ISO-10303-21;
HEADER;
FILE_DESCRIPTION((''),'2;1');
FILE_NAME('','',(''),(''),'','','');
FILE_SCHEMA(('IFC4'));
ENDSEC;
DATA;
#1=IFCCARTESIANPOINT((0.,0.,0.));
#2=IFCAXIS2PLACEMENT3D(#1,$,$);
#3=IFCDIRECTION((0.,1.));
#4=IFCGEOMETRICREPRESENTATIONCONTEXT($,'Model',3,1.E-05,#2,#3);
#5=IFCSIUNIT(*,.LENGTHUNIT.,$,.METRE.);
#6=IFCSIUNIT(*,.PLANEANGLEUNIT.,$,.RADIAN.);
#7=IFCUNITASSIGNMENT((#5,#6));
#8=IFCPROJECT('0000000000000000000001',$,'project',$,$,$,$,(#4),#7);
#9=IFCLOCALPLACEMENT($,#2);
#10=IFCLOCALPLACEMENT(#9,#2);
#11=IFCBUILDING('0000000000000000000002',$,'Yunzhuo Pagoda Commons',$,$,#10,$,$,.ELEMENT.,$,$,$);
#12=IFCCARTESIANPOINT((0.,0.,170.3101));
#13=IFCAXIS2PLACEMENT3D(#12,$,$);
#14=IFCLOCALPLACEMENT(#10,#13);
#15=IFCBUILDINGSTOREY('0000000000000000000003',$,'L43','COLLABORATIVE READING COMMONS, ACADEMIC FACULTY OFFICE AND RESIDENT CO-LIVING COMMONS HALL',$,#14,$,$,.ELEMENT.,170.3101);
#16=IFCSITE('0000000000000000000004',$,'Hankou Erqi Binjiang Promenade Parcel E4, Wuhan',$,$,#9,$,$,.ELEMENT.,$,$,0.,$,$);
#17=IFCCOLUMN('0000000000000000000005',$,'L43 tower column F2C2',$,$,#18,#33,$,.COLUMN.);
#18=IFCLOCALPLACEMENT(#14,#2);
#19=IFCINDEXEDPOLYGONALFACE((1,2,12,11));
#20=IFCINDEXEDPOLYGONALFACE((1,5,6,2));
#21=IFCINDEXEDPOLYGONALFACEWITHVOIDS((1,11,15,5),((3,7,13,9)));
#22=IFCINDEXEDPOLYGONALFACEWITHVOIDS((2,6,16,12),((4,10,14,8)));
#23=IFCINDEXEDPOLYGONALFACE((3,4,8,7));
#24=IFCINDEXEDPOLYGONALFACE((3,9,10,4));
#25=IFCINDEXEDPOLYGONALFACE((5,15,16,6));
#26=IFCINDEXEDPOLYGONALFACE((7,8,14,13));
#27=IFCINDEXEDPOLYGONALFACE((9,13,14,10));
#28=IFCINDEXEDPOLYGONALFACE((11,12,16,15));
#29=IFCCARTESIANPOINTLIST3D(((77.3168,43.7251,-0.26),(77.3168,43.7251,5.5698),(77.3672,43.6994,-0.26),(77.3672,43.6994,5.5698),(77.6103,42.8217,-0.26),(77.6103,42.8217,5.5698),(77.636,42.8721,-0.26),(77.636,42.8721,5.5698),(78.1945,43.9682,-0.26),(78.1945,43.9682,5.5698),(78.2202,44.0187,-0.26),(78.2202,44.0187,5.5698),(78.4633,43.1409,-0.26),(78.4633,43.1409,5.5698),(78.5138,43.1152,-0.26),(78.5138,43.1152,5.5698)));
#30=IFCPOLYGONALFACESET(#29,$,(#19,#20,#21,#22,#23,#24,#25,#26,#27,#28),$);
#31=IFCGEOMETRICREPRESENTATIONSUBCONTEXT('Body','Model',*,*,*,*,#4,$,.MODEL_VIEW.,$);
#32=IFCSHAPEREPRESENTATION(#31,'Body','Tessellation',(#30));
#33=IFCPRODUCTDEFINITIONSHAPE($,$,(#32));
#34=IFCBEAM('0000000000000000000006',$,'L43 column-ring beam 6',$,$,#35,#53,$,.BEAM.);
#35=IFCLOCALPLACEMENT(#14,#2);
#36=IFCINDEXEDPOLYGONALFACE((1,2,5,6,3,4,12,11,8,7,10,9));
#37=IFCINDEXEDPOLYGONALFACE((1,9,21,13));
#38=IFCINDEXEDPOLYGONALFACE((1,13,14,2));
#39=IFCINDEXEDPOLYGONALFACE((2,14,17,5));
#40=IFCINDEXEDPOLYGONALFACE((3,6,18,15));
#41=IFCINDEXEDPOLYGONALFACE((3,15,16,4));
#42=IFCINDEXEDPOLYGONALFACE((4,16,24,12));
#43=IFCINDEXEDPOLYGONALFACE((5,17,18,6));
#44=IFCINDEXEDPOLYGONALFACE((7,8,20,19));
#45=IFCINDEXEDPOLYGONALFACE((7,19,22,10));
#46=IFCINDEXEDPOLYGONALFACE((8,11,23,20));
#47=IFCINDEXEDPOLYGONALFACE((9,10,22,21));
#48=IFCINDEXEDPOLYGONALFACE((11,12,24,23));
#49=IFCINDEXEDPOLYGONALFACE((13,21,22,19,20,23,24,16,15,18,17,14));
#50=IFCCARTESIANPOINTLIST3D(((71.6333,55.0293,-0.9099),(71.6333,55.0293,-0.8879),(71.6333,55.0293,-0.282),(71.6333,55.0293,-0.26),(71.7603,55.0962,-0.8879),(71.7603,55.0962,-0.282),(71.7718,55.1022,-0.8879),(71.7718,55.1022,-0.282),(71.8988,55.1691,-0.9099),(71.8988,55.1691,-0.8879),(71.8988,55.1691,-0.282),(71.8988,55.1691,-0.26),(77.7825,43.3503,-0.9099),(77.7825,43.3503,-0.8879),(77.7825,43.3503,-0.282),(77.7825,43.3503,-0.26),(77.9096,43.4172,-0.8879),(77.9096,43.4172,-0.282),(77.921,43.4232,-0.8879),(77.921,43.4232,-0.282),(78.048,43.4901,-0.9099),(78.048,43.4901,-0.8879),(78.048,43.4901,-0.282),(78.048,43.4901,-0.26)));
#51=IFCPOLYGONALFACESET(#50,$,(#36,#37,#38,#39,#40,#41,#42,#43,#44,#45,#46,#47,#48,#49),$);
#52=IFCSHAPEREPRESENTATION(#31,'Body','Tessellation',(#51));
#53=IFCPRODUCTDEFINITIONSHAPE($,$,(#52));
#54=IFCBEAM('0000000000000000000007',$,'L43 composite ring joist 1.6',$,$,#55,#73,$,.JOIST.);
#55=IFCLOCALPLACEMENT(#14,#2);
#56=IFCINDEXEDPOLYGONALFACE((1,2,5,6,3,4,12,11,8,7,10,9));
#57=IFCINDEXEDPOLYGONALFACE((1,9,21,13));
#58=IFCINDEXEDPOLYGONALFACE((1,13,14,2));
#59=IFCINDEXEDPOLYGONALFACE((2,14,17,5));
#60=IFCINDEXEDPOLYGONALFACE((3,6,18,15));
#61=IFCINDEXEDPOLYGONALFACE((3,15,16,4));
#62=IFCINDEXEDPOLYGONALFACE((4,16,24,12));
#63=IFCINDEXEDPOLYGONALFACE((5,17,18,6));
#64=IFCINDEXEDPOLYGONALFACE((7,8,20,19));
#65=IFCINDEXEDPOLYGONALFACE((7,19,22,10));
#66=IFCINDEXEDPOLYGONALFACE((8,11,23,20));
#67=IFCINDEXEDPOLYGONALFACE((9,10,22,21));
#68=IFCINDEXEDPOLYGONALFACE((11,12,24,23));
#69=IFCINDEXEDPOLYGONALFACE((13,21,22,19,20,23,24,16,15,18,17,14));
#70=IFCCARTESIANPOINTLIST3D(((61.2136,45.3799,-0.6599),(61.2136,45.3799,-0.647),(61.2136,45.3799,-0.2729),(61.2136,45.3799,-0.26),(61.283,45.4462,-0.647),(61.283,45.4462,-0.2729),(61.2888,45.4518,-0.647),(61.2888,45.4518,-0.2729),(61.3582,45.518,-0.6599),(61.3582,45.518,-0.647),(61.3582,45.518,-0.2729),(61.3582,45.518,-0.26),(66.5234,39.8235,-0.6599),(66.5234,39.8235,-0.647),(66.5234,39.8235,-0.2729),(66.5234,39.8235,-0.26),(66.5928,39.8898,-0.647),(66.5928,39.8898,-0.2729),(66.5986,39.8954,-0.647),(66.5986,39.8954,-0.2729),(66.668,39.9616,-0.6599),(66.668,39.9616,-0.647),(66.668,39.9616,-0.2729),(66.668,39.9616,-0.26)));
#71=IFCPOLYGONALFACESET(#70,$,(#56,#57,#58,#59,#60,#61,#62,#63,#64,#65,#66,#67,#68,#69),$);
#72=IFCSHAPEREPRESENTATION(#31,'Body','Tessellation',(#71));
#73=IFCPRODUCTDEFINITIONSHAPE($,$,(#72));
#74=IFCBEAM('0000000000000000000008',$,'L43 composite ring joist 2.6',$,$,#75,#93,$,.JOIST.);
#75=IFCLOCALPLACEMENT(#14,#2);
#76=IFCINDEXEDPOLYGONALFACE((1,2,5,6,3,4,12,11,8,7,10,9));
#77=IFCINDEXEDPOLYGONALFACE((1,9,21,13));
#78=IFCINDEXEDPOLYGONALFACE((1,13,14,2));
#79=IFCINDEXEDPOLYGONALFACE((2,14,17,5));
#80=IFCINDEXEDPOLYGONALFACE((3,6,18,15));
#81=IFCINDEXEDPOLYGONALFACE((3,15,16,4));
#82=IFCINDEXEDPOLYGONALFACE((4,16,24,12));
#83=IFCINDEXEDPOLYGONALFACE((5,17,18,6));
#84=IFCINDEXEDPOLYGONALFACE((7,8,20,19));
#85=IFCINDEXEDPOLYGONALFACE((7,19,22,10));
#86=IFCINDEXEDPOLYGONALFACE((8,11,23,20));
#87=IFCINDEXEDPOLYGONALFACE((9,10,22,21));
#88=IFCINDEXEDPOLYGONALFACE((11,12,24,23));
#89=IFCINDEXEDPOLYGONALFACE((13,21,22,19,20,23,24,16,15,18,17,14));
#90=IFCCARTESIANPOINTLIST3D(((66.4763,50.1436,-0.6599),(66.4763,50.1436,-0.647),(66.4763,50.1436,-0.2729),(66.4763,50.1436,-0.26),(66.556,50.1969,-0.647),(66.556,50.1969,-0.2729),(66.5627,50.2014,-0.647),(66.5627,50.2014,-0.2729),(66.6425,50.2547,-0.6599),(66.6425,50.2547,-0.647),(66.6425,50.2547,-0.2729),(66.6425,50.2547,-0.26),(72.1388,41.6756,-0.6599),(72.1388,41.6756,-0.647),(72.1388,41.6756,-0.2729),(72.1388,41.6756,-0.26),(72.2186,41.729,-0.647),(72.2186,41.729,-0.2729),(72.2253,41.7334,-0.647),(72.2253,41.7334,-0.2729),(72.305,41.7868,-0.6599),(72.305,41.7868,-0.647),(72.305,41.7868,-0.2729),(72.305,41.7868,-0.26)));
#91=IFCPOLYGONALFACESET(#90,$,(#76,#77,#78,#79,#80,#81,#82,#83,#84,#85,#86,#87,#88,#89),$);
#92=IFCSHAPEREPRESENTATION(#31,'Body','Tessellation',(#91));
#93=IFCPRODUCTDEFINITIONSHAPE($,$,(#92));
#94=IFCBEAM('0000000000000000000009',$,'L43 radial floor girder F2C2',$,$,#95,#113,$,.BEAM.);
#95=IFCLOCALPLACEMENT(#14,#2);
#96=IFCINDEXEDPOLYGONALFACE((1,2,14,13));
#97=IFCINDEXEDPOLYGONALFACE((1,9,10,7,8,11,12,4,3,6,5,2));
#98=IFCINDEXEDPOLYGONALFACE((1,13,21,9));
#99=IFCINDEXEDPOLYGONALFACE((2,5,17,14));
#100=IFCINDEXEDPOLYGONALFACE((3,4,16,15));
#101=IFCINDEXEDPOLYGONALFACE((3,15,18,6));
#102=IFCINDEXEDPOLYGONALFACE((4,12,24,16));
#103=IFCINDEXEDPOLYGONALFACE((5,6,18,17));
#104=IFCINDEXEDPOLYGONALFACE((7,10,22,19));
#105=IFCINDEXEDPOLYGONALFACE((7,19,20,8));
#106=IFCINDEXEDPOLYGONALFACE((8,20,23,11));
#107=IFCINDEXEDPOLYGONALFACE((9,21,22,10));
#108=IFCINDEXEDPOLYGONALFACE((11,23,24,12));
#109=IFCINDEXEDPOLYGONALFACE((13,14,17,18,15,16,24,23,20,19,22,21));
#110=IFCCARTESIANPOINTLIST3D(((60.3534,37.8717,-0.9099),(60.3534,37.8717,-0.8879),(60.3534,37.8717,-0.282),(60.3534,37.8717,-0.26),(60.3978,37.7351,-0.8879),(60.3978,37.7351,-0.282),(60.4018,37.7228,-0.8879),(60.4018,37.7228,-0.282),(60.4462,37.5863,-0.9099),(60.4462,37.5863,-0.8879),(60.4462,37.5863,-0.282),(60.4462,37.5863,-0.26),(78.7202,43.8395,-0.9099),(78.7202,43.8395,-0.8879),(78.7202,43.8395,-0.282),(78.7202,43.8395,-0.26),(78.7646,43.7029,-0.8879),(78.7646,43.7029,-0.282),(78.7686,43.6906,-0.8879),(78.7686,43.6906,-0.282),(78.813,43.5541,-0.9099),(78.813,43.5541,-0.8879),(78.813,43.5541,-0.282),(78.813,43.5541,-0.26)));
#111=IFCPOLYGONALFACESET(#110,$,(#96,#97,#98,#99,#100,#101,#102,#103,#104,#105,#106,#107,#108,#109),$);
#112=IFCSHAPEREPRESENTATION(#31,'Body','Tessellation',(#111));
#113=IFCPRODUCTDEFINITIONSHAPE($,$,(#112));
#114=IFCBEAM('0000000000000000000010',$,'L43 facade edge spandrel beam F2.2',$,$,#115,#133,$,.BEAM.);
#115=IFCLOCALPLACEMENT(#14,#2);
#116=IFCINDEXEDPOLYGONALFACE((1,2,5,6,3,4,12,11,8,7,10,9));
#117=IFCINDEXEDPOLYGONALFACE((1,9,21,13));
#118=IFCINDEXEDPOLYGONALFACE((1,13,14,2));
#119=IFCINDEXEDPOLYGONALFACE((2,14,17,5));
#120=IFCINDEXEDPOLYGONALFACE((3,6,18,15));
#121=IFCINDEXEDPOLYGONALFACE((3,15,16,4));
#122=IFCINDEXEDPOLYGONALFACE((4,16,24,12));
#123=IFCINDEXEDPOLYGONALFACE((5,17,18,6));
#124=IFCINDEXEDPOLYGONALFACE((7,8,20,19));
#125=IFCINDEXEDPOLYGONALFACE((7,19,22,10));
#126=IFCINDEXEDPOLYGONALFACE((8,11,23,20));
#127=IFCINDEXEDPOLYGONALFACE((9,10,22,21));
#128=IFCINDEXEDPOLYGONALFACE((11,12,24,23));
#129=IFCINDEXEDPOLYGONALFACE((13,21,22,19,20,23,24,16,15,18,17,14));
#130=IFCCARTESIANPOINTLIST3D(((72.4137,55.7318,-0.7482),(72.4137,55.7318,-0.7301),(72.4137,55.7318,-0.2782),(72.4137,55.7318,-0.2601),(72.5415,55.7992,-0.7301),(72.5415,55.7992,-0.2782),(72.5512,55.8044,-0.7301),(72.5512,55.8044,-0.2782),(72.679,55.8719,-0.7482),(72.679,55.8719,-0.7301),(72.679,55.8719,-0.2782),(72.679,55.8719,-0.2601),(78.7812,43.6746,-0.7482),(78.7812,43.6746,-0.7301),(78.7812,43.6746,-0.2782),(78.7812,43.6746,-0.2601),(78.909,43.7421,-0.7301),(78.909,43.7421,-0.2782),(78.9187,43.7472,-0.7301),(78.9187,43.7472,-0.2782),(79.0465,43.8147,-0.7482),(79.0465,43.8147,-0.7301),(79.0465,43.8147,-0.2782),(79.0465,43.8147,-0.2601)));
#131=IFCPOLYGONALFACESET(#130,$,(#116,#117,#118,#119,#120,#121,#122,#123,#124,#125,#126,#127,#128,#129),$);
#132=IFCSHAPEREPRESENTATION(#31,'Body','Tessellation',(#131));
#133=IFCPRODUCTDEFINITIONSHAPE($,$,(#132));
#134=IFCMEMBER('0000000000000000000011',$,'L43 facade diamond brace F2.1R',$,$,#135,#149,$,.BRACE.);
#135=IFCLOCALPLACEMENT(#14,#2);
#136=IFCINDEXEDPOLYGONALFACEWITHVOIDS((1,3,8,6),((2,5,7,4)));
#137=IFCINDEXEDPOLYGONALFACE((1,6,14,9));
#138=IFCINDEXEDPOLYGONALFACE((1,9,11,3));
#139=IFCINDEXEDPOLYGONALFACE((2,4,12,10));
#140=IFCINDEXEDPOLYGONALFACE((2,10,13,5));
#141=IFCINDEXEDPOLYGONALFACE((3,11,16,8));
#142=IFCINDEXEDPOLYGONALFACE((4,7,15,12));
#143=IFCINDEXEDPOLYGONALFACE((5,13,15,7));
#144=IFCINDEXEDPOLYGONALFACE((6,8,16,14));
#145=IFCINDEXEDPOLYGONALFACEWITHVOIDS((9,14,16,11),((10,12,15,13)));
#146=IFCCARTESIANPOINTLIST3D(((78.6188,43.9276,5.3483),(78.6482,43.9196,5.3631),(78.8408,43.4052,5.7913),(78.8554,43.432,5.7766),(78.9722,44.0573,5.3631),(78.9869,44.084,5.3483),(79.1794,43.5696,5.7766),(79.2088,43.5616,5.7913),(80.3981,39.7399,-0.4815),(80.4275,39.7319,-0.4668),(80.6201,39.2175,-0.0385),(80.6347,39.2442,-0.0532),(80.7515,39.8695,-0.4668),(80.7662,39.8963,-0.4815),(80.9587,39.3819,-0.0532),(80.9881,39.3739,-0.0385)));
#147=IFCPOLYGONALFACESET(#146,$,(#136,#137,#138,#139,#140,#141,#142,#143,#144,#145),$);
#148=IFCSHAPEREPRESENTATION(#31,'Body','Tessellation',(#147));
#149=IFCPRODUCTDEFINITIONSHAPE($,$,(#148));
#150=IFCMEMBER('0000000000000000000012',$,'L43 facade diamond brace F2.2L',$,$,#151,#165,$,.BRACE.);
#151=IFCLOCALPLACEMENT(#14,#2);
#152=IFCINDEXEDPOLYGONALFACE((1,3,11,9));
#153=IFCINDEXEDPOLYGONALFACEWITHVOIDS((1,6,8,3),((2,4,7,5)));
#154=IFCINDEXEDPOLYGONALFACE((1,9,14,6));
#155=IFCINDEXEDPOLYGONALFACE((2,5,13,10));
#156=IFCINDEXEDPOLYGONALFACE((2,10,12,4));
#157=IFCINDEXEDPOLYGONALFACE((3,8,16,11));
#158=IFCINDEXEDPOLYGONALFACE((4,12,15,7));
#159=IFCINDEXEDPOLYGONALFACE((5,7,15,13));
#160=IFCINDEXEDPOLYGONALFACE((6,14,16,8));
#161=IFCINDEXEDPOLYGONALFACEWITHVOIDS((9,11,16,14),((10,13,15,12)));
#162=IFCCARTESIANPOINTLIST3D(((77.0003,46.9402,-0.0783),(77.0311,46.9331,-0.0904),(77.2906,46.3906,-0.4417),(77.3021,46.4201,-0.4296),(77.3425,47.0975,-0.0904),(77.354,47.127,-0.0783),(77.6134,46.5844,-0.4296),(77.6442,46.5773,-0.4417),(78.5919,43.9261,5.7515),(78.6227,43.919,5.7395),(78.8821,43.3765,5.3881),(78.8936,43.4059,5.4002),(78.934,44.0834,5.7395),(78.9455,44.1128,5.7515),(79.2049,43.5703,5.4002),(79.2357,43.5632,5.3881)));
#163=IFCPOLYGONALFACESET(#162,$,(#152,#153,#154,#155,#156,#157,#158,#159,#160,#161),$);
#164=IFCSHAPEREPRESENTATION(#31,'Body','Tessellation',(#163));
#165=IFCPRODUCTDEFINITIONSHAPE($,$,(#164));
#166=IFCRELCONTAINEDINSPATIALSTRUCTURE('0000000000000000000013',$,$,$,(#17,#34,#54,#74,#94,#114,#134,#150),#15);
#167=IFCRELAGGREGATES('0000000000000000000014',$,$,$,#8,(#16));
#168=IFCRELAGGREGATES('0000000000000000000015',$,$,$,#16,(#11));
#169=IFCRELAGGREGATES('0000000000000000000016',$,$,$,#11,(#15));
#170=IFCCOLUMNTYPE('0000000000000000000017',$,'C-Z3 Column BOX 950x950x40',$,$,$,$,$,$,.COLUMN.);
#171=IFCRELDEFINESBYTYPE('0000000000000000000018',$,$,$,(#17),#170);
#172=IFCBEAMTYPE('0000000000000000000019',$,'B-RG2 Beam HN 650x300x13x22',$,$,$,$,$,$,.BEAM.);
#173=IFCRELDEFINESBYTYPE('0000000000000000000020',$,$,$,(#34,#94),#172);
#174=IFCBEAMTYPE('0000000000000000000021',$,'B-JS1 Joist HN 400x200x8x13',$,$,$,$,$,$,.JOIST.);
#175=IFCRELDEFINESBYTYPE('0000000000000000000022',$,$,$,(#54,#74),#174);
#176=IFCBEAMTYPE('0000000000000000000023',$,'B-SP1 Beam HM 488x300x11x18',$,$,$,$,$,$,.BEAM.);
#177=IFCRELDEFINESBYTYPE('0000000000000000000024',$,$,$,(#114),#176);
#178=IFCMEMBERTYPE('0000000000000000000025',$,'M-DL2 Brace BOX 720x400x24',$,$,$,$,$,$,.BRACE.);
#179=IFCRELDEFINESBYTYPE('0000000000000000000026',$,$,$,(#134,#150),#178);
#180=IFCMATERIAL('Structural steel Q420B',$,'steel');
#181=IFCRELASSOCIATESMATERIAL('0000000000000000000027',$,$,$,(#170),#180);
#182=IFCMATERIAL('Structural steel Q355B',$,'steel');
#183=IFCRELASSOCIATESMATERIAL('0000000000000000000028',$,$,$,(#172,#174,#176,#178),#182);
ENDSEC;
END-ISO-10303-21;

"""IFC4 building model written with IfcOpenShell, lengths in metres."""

from ifc_helpers import new_model, si_unit, direction, frame, origin, origin_2d, place, context, subcontext, project, spatial, hollow_rectangle, i_section, extrude, source, transform, mapped, material, material_profile, profile_set, type_object, element, save


model = new_model("IFC4")

# Units and contexts
model_context = context("Model", 3, precision=1e-05, world=origin(), true_north=direction((0.0, 1.0)))
body_context = subcontext(model_context, "Body", "Model", "MODEL_VIEW")
ifc_project = project(units=[si_unit("LENGTHUNIT", "METRE"), si_unit("PLANEANGLEUNIT", "RADIAN")], contexts=[model_context])

# Site, building, storey
site_placement = place(None, origin())
site = spatial("IfcSite", under=ifc_project, at=site_placement, Name="Hankou Erqi Binjiang Promenade Parcel E4, Wuhan", CompositionType="ELEMENT", RefElevation=0.0)
building_placement = place(site_placement, origin())
building = spatial("IfcBuilding", under=site, at=building_placement, Name="Yunzhuo Pagoda Commons", CompositionType="ELEMENT")
storey_placement = place(building_placement, frame((0.0, 0.0, 170.3101)))
storey = spatial("IfcBuildingStorey", under=building, at=storey_placement, Name="L43", Description="COLLABORATIVE READING COMMONS, ACADEMIC FACULTY OFFICE AND RESIDENT CO-LIVING COMMONS HALL", CompositionType="ELEMENT", Elevation=170.3101)

# Column
ifc_material_1 = material(Name="Structural steel Q420B", Category="steel")
ifc_material_profile_1 = material_profile(ifc_material_1, hollow_rectangle(XDim=0.95, YDim=0.95, WallThickness=0.04, at=origin_2d()), Name="Structural steel Q420B")
ifc_profile_set_1 = profile_set([ifc_material_profile_1], Name="Structural steel Q420B")
column_type = type_object("IfcColumnType", Name="C-Z3 Column BOX 950x950x40", PredefinedType="COLUMN", material=ifc_profile_set_1)
shared_shape_1 = source(origin(), body_context, "Body", "SweptSolid", [
    extrude(hollow_rectangle(XDim=0.95, YDim=0.95, WallThickness=0.04, at=origin_2d()), origin(), (0.0, 0.0, 1.0), 5.8298),
])
column_placement = place(storey_placement, frame((77.9153, 43.4202, -0.26), z_axis=(0.0, 0.0, 1.0), x_axis=(-0.309017, 0.951057, 0.0)))
element("IfcColumn", 1, at=column_placement, inside=storey, type_object=column_type, Name="L43 tower column F2C2", PredefinedType="COLUMN", context=body_context, shape_type="MappedRepresentation", body=[
    mapped(shared_shape_1, transform((0.0, 0.0, 0.0), scale=1.0)),
])

# Beams
ifc_material_2 = material(Name="Structural steel Q355B", Category="steel")
ifc_material_profile_2 = material_profile(ifc_material_2, i_section(OverallWidth=0.3, OverallDepth=0.6499, WebThickness=0.0129, FlangeThickness=0.022, at=origin_2d()), Name="Structural steel Q355B")
ifc_profile_set_2 = profile_set([ifc_material_profile_2], Name="Structural steel Q355B")
beam_type_1 = type_object("IfcBeamType", Name="B-RG2 Beam HN 650x300x13x22", PredefinedType="BEAM", material=ifc_profile_set_2)
shared_shape_2 = source(origin(), body_context, "Body", "SweptSolid", [
    extrude(i_section(OverallWidth=0.3, OverallDepth=0.6499, WebThickness=0.0129, FlangeThickness=0.022, at=origin_2d()), origin(), (0.0, 0.0, 1.0), 13.199),
])
beam_1_placement = place(storey_placement, frame((77.9153, 43.4202, -0.585), z_axis=(-0.465886, 0.884845, 0.0), x_axis=(-0.884845, -0.465886, 0.0)))
element("IfcBeam", 2, at=beam_1_placement, inside=storey, type_object=beam_type_1, Name="L43 column-ring beam 6", PredefinedType="BEAM", context=body_context, shape_type="MappedRepresentation", body=[
    mapped(shared_shape_2, transform((0.0, 0.0, 0.0), scale=1.0)),
])
ifc_material_profile_3 = material_profile(ifc_material_2, i_section(OverallWidth=0.2, OverallDepth=0.3999, WebThickness=0.0081, FlangeThickness=0.0129, at=origin_2d()), Name="Structural steel Q355B")
ifc_profile_set_3 = profile_set([ifc_material_profile_3], Name="Structural steel Q355B")
beam_type_2 = type_object("IfcBeamType", Name="B-JS1 Joist HN 400x200x8x13", PredefinedType="JOIST", material=ifc_profile_set_3)
shared_shape_3 = source(origin(), body_context, "Body", "SweptSolid", [
    extrude(i_section(OverallWidth=0.2, OverallDepth=0.3999, WebThickness=0.0081, FlangeThickness=0.0129, at=origin_2d()), origin(), (0.0, 0.0, 1.0), 7.6855),
])
beam_2_placement = place(storey_placement, frame((66.5957, 39.8926, -0.46), z_axis=(-0.690883, 0.722967, 0.0), x_axis=(-0.722967, -0.690883, 0.0)))
element("IfcBeam", 3, at=beam_2_placement, inside=storey, type_object=beam_type_2, Name="L43 composite ring joist 1.6", PredefinedType="JOIST", context=body_context, shape_type="MappedRepresentation", body=[
    mapped(shared_shape_3, transform((0.0, 0.0, 0.0), scale=1.0)),
])
shared_shape_4 = source(origin(), body_context, "Body", "SweptSolid", [
    extrude(i_section(OverallWidth=0.2, OverallDepth=0.3999, WebThickness=0.0081, FlangeThickness=0.0129, at=origin_2d()), origin(), (0.0, 0.0, 1.0), 10.1868),
])
beam_3_placement = place(storey_placement, frame((72.2219, 41.7312, -0.46), z_axis=(-0.555872, 0.831268, 0.0), x_axis=(-0.831268, -0.555872, 0.0)))
element("IfcBeam", 4, at=beam_3_placement, inside=storey, type_object=beam_type_2, Name="L43 composite ring joist 2.6", PredefinedType="JOIST", context=body_context, shape_type="MappedRepresentation", body=[
    mapped(shared_shape_4, transform((0.0, 0.0, 0.0), scale=1.0)),
])
shared_shape_5 = source(origin(), body_context, "Body", "SweptSolid", [
    extrude(i_section(OverallWidth=0.3, OverallDepth=0.6499, WebThickness=0.0129, FlangeThickness=0.022, at=origin_2d()), origin(), (0.0, 0.0, 1.0), 19.312),
])
beam_4_placement = place(storey_placement, frame((78.7666, 43.6968, -0.585), z_axis=(-0.951055, -0.30902, 0.0), x_axis=(0.30902, -0.951055, 0.0)))
element("IfcBeam", 5, at=beam_4_placement, inside=storey, type_object=beam_type_1, Name="L43 radial floor girder F2C2", PredefinedType="BEAM", context=body_context, shape_type="MappedRepresentation", body=[
    mapped(shared_shape_5, transform((0.0, 0.0, 0.0), scale=1.0)),
])
ifc_material_profile_4 = material_profile(ifc_material_2, i_section(OverallWidth=0.3, OverallDepth=0.488, WebThickness=0.011, FlangeThickness=0.0181, at=origin_2d()), Name="Structural steel Q355B")
ifc_profile_set_4 = profile_set([ifc_material_profile_4], Name="Structural steel Q355B")
beam_type_3 = type_object("IfcBeamType", Name="B-SP1 Beam HM 488x300x11x18", PredefinedType="BEAM", material=ifc_profile_set_4)
shared_shape_6 = source(origin(), body_context, "Body", "SweptSolid", [
    extrude(i_section(OverallWidth=0.3, OverallDepth=0.488, WebThickness=0.011, FlangeThickness=0.0181, at=origin_2d()), origin(), (0.0, 0.0, 1.0), 13.6353),
])
beam_5_placement = place(storey_placement, frame((78.9138, 43.7446, -0.5042), z_axis=(-0.466985, 0.884265, 0.0), x_axis=(-0.884265, -0.466985, 0.0)))
element("IfcBeam", 6, at=beam_5_placement, inside=storey, type_object=beam_type_3, Name="L43 facade edge spandrel beam F2.2", PredefinedType="BEAM", context=body_context, shape_type="MappedRepresentation", body=[
    mapped(shared_shape_6, transform((0.0, 0.0, 0.0), scale=1.0)),
])

# Members
ifc_material_profile_5 = material_profile(ifc_material_2, hollow_rectangle(XDim=0.3999, YDim=0.72, WallThickness=0.0239, at=origin_2d()), Name="Structural steel Q355B")
ifc_profile_set_5 = profile_set([ifc_material_profile_5], Name="Structural steel Q355B")
member_type_1 = type_object("IfcMemberType", Name="M-DL2 Brace BOX 720x400x24", PredefinedType="BRACE", material=ifc_profile_set_5)
shared_shape_7 = source(origin(), body_context, "Body", "SweptSolid", [
    extrude(hollow_rectangle(XDim=0.3999, YDim=0.72, WallThickness=0.0239, at=origin_2d()), origin(), (0.0, 0.0, 1.0), 7.3953),
])
member_1_placement = place(storey_placement, frame((80.6931, 39.5569, -0.26), z_axis=(-0.240599, 0.566273, 0.788319), x_axis=(-0.92037, -0.391049, 0.0)))
element("IfcMember", 7, at=member_1_placement, inside=storey, type_object=member_type_1, Name="L43 facade diamond brace F2.1R", PredefinedType="BRACE", context=body_context, shape_type="MappedRepresentation", body=[
    mapped(shared_shape_7, transform((0.0, 0.0, 0.0), scale=1.0)),
])
shared_shape_8 = source(origin(), body_context, "Body", "SweptSolid", [
    extrude(hollow_rectangle(XDim=0.3999, YDim=0.72, WallThickness=0.0239, at=origin_2d()), origin(), (0.0, 0.0, 1.0), 6.7532),
])
member_2_placement = place(storey_placement, frame((77.3223, 46.7588, -0.26), z_axis=(0.235675, -0.446333, 0.863275), x_axis=(0.884294, 0.46693, 0.0)))
element("IfcMember", 8, at=member_2_placement, inside=storey, type_object=member_type_1, Name="L43 facade diamond brace F2.2L", PredefinedType="BRACE", context=body_context, shape_type="MappedRepresentation", body=[
    mapped(shared_shape_8, transform((0.0, 0.0, 0.0), scale=1.0)),
])

save(model, "model.ifc")
